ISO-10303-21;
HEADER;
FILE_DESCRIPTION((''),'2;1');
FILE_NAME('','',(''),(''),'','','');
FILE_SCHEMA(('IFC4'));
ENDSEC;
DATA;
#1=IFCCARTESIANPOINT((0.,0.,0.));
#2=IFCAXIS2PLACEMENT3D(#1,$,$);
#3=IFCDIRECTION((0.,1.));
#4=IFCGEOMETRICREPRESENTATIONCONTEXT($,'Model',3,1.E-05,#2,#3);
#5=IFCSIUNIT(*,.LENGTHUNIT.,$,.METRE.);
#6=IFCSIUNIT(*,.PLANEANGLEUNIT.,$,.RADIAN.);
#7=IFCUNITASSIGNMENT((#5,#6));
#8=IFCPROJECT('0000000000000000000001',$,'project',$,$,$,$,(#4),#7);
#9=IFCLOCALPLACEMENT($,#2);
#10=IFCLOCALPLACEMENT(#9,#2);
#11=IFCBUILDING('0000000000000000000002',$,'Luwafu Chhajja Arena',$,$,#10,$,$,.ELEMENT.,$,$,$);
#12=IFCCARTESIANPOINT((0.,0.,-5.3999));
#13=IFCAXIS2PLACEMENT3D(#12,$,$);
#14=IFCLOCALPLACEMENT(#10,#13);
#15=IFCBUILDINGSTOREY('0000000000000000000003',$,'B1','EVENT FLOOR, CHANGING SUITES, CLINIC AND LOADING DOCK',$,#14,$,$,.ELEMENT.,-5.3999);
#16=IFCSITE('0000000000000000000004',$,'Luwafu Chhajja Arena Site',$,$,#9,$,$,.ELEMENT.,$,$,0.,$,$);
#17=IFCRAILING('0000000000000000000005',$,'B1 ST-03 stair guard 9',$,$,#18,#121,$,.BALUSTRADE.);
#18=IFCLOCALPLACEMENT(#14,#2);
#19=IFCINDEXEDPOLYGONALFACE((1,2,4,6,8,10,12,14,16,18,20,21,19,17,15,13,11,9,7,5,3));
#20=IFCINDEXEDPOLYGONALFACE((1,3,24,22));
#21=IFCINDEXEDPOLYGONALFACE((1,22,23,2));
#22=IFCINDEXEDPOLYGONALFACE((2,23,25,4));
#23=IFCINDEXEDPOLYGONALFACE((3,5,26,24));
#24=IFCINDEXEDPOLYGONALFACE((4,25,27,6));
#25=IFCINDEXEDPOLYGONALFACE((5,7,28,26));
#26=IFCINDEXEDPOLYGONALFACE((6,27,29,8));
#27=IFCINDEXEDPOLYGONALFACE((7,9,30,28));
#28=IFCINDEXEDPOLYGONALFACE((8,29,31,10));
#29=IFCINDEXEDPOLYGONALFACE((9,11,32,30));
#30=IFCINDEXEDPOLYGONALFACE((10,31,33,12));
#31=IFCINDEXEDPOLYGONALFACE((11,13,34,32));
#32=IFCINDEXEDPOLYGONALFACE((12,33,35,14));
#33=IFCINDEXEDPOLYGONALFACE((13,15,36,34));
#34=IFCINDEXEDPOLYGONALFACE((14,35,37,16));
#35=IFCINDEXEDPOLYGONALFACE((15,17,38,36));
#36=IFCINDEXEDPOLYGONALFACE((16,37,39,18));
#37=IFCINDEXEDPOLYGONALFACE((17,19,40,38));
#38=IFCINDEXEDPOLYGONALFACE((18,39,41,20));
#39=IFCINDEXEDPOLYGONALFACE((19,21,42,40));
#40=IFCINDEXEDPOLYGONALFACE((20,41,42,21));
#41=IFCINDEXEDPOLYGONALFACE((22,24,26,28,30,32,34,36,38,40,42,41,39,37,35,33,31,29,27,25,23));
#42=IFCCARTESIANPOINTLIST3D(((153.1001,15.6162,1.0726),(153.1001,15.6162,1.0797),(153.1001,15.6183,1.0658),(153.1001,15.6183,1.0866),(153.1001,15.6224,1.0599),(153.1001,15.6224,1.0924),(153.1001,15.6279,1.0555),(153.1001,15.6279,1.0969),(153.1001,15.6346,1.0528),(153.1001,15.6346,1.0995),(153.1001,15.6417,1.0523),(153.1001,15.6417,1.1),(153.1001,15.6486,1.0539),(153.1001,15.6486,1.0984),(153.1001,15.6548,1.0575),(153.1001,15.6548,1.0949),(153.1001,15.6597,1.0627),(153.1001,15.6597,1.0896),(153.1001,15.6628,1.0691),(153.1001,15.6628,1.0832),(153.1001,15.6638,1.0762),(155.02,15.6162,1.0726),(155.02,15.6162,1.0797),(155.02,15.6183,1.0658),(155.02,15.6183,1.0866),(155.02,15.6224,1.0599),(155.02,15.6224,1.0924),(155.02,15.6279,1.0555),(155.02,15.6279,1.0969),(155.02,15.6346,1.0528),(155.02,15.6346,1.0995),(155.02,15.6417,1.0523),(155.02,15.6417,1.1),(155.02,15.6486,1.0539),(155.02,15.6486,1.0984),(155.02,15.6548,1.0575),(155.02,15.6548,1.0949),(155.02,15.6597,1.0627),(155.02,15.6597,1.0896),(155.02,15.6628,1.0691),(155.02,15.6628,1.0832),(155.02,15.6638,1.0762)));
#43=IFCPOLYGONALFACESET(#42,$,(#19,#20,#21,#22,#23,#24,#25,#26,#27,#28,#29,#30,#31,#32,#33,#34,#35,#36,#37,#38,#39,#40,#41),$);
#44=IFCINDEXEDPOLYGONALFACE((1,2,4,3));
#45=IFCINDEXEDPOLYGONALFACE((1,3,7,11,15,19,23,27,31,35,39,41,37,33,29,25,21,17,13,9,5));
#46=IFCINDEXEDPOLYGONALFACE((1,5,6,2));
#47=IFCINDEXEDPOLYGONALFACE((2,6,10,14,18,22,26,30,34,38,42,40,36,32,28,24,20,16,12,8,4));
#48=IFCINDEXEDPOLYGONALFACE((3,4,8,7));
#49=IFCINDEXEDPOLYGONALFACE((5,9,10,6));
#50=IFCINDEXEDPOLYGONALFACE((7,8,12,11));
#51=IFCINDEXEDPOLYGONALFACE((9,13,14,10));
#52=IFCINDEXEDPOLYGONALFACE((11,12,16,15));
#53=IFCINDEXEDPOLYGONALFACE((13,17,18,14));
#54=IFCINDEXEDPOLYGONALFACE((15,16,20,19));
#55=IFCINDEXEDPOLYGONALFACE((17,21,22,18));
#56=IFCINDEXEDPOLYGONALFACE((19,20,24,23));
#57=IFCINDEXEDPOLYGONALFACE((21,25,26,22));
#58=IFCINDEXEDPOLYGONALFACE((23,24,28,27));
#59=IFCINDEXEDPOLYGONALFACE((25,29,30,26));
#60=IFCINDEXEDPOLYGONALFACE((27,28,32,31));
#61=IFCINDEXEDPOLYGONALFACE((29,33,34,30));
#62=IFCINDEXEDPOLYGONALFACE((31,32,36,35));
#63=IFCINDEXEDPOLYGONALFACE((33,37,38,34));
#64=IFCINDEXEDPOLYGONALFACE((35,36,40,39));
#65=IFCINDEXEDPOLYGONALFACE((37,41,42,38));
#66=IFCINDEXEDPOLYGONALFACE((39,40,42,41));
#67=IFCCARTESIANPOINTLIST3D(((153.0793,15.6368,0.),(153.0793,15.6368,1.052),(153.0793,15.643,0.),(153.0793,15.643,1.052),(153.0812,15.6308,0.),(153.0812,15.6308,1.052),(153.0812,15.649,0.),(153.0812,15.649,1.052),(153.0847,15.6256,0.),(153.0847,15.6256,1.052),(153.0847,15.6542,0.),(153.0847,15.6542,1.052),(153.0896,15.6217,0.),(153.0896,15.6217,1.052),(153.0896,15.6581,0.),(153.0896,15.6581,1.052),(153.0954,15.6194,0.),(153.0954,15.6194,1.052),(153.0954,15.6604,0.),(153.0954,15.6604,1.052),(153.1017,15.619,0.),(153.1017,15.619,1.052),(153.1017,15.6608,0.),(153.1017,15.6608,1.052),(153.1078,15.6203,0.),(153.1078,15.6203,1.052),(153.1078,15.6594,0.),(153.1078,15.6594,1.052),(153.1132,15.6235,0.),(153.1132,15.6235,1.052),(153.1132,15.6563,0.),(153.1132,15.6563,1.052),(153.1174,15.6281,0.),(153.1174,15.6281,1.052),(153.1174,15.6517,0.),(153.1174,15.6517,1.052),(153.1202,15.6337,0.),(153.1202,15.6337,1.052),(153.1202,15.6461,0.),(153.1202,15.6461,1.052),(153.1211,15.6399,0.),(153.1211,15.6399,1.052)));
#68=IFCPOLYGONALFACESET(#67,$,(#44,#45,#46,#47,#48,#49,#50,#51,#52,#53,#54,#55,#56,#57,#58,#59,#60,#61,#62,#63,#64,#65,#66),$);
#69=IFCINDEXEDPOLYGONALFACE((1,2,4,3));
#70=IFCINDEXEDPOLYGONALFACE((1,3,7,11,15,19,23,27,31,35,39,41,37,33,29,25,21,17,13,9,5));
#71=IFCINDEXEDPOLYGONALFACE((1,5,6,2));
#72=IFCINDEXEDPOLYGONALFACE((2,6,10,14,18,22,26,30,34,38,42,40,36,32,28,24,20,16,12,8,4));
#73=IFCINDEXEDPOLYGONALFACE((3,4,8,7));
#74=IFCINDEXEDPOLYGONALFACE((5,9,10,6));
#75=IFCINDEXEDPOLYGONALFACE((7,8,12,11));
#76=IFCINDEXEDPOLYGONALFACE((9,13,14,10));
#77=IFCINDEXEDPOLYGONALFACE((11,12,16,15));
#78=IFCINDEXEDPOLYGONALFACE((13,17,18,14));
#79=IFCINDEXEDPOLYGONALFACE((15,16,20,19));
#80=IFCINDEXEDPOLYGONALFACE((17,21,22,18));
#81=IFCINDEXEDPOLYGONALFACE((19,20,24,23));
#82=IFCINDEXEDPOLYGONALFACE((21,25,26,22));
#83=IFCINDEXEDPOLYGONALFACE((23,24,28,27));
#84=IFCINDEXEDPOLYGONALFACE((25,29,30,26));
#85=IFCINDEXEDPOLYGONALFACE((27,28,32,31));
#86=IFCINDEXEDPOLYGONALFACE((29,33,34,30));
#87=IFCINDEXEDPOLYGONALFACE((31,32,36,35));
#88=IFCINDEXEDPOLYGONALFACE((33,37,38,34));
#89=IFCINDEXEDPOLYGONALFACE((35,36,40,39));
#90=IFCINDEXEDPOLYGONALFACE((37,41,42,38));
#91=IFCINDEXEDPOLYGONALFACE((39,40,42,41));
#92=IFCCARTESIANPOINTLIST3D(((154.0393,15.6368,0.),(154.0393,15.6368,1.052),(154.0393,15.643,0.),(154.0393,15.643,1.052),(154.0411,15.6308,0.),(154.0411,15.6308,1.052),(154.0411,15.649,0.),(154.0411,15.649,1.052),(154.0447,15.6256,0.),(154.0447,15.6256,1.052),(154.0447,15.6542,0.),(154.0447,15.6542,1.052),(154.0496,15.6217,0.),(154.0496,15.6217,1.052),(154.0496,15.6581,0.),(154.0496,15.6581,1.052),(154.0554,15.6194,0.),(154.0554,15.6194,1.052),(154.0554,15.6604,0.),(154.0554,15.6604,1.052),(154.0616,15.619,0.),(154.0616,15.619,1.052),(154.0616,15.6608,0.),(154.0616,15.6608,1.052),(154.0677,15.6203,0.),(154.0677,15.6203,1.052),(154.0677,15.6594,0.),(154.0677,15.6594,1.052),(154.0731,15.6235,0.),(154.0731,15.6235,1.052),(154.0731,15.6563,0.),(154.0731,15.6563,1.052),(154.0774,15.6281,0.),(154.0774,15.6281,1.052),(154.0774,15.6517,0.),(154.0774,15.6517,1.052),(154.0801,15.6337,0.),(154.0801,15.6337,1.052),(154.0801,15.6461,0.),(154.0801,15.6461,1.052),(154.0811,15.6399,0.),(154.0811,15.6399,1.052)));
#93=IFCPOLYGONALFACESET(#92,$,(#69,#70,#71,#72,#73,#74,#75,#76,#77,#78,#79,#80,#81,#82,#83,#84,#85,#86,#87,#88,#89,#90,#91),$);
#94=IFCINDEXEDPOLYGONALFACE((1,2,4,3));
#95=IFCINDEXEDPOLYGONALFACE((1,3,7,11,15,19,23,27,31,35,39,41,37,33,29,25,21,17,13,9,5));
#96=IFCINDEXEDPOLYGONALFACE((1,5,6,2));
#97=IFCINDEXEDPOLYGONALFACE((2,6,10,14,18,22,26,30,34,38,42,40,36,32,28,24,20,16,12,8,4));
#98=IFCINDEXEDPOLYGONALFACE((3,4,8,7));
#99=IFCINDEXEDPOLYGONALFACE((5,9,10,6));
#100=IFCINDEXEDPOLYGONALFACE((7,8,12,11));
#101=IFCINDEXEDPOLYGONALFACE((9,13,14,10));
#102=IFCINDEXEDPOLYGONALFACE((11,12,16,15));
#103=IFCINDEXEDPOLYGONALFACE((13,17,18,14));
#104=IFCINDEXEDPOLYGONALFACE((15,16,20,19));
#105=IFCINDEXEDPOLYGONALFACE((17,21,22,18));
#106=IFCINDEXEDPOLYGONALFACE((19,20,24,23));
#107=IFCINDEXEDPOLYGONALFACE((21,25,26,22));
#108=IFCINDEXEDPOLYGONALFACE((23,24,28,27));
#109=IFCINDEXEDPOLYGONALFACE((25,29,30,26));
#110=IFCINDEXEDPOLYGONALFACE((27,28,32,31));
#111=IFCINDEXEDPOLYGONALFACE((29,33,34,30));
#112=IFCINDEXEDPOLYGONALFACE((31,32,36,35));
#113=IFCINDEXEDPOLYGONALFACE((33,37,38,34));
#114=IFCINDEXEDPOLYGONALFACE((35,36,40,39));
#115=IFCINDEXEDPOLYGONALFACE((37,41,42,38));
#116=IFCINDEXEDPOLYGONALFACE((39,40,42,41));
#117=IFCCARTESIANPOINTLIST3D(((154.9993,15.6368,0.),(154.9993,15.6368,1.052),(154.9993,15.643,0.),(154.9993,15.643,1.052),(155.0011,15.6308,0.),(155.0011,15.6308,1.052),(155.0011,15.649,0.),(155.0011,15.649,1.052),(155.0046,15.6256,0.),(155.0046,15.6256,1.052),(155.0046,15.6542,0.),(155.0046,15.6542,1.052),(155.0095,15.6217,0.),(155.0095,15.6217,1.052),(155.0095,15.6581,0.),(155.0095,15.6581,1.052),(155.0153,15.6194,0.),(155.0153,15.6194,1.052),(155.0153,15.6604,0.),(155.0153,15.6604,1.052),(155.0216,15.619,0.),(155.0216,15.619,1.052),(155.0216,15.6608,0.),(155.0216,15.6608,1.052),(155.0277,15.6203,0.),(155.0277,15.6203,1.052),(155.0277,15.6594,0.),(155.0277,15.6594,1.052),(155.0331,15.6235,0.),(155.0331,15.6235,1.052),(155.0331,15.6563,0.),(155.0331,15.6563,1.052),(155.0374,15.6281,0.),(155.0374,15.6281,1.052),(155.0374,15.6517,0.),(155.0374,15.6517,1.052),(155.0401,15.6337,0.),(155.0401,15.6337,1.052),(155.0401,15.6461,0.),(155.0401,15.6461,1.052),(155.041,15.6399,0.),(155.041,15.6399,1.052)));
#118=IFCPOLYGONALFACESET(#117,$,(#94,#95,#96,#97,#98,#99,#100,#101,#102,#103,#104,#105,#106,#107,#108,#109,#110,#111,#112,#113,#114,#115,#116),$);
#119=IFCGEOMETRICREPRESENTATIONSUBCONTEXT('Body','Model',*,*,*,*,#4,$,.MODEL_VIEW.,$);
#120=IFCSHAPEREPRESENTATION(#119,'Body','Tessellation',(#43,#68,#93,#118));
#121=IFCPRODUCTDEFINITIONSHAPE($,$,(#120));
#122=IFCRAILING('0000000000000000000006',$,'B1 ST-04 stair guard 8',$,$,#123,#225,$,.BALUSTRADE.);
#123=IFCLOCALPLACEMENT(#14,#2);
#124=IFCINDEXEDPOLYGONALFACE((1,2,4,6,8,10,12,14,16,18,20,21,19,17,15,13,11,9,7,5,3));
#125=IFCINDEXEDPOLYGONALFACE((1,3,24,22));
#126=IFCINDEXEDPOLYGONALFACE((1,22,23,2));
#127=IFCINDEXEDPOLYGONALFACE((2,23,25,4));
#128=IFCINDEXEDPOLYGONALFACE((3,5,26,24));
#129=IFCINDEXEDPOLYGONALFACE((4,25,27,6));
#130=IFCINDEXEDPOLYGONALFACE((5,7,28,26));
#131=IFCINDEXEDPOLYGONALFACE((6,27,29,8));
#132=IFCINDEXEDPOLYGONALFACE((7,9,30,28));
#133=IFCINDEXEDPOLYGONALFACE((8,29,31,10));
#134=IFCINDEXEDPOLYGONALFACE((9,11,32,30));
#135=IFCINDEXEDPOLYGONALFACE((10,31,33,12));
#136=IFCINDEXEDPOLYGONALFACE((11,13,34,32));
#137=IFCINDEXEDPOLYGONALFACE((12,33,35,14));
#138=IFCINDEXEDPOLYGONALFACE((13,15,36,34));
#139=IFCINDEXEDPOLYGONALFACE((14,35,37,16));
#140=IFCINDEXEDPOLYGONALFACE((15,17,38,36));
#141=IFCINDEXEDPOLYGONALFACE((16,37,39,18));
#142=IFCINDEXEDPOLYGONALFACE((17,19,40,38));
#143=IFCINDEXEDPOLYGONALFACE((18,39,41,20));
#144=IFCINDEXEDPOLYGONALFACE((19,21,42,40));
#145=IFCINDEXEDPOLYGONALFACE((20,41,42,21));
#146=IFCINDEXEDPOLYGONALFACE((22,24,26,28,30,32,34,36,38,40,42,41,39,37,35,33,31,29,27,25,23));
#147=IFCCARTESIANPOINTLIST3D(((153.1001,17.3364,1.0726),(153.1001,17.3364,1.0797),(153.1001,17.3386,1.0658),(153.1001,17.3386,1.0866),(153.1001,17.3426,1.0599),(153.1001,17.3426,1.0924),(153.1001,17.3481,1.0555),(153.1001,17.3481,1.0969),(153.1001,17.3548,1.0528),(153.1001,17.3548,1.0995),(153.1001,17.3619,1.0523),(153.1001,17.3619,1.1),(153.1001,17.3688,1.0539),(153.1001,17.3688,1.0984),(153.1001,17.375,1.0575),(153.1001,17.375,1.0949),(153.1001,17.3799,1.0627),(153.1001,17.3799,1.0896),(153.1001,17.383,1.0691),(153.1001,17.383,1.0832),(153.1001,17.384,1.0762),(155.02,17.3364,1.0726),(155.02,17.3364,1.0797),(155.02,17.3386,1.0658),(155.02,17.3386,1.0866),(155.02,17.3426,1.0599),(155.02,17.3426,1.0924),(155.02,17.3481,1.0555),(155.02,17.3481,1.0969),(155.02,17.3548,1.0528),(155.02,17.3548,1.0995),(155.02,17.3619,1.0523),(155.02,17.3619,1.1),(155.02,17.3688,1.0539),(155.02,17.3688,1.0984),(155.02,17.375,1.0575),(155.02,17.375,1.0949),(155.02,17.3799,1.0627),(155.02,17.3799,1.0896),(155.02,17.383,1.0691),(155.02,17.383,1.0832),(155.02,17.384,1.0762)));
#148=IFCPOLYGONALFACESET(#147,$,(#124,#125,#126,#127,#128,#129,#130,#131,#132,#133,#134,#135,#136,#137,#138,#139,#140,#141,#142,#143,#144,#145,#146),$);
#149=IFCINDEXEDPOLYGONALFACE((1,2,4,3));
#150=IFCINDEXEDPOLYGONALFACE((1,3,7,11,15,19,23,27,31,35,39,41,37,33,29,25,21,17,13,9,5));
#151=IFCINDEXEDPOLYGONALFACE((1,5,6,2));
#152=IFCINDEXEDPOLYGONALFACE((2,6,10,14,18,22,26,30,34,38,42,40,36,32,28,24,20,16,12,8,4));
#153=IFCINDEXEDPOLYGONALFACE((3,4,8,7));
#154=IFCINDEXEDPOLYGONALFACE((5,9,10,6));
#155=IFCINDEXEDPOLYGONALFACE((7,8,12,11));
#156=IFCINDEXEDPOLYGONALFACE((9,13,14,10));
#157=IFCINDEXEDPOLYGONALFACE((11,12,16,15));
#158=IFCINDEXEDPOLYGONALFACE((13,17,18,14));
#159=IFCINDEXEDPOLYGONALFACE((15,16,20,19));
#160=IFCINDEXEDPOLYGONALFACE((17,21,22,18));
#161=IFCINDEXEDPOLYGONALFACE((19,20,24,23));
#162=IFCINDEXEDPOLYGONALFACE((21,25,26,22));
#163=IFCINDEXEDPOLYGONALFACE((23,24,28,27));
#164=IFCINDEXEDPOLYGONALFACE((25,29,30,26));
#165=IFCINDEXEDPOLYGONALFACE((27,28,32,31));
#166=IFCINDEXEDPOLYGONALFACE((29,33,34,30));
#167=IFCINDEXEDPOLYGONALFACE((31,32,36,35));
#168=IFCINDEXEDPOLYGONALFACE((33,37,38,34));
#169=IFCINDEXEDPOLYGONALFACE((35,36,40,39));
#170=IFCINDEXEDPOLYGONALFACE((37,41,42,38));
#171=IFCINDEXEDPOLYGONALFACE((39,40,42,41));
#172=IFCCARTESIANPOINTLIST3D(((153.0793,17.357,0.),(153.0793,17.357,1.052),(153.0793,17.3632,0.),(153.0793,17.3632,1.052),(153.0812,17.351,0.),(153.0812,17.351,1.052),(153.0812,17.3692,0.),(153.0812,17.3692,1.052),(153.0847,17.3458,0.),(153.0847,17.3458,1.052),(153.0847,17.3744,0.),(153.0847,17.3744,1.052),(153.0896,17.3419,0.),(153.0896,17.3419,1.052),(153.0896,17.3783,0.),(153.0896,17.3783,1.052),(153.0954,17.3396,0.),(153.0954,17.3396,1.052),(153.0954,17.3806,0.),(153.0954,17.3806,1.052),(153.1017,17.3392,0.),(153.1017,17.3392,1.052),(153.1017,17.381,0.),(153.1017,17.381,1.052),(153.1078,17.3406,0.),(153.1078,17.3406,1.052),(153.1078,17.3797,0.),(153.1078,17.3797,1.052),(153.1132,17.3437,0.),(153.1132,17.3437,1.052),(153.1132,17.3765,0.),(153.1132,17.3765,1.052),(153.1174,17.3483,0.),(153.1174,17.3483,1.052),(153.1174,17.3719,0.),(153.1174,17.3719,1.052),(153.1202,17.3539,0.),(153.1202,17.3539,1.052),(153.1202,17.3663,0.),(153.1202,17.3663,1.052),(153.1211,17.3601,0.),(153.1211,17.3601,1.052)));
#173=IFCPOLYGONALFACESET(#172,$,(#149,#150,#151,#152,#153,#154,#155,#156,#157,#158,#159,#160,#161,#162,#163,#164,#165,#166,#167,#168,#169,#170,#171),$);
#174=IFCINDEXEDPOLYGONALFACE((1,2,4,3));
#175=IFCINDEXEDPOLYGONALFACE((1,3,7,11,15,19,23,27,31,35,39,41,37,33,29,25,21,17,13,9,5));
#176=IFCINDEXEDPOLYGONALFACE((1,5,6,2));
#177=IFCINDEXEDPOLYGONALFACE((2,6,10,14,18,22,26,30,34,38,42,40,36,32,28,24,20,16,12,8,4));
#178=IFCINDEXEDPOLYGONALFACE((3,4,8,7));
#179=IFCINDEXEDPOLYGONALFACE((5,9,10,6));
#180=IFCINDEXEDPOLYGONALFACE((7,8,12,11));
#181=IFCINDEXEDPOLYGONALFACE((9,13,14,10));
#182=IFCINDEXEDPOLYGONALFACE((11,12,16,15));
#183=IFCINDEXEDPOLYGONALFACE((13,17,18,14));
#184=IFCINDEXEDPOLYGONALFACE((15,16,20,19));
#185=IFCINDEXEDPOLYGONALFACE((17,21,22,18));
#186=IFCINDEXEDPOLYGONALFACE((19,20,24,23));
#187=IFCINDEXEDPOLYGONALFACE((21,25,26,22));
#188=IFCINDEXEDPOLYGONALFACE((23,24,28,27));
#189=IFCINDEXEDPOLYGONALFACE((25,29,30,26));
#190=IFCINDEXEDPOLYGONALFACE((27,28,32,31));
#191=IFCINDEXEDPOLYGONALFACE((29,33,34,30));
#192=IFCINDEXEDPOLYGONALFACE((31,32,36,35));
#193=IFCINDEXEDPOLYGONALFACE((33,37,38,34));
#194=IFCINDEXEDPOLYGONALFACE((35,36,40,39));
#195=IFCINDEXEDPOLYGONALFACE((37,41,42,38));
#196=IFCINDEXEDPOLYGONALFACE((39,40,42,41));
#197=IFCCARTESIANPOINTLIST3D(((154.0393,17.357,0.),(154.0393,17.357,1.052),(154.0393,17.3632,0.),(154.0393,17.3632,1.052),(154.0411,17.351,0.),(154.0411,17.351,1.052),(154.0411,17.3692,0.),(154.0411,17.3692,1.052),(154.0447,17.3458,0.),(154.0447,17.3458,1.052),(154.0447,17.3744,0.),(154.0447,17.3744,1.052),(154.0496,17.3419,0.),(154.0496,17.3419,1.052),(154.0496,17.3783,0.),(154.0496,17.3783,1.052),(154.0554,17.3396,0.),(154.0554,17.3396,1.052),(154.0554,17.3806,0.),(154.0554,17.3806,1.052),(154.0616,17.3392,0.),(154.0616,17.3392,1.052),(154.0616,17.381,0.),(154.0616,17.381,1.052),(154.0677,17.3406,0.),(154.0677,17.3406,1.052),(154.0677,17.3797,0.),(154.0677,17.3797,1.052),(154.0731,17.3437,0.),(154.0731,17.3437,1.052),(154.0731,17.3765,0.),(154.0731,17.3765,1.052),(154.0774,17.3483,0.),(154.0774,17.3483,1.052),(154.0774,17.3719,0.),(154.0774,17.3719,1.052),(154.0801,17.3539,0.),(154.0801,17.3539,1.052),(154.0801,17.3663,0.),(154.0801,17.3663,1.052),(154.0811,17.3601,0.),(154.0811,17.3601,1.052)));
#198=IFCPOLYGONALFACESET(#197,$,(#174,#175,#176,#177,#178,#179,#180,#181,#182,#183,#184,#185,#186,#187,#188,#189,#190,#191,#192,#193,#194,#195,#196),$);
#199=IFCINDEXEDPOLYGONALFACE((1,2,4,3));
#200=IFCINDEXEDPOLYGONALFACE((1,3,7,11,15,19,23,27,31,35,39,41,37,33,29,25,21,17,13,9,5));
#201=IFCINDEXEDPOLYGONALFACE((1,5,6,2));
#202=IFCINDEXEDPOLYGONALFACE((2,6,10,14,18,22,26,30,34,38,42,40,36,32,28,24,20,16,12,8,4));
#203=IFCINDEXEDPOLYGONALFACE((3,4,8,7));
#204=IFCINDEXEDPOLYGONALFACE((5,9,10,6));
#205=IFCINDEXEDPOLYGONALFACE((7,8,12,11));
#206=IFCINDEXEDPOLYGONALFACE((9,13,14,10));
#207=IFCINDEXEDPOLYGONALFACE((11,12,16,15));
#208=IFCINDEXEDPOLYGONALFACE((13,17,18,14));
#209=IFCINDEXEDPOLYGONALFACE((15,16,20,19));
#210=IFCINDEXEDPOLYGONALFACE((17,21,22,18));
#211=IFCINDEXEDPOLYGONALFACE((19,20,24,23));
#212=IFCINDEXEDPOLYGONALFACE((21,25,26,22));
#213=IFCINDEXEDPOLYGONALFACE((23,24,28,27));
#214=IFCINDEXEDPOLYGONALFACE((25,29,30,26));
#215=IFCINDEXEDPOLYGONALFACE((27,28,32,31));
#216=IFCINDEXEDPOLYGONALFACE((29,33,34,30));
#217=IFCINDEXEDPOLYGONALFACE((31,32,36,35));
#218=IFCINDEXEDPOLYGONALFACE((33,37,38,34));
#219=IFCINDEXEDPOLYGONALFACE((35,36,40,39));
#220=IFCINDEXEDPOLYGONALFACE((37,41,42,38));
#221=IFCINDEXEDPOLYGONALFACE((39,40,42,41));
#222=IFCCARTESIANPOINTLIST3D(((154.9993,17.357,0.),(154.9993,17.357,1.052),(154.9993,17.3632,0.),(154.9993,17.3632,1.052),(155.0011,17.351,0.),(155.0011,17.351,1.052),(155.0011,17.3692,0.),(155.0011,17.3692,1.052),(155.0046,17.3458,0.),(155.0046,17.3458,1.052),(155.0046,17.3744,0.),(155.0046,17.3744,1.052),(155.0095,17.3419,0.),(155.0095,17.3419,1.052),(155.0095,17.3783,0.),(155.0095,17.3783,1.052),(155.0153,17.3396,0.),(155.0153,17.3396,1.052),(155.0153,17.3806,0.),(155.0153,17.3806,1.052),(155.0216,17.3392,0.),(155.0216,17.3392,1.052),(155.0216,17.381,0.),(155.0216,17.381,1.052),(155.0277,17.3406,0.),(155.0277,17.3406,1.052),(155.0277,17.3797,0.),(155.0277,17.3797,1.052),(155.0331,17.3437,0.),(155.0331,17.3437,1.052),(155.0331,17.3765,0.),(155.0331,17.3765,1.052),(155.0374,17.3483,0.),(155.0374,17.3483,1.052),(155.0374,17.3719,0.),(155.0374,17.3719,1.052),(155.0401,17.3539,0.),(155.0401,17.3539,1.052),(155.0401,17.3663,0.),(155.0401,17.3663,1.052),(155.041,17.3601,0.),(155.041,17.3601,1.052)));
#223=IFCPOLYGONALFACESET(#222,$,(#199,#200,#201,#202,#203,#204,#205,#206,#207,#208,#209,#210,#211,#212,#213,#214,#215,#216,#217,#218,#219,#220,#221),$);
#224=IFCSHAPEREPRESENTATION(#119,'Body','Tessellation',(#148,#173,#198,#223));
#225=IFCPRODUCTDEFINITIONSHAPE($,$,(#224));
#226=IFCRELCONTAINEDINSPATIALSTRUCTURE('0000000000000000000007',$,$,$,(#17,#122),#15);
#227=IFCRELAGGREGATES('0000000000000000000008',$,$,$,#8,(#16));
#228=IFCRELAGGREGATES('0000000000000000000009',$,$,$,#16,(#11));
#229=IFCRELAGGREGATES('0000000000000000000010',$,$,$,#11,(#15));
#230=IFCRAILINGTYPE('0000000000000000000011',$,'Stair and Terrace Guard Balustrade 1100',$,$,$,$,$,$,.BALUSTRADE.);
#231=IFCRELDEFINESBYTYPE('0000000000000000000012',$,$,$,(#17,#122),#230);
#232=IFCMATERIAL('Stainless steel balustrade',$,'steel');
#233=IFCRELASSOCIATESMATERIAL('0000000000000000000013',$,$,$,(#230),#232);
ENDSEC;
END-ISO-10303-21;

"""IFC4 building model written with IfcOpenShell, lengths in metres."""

from ifc_helpers import new_model, si_unit, direction, frame, origin, origin_2d, place, context, subcontext, project, spatial, circle, extrude, material, type_object, element, save


model = new_model("IFC4")

# Units and contexts
model_context = context("Model", 3, precision=1e-05, world=origin(), true_north=direction((0.0, 1.0)))
body_context = subcontext(model_context, "Body", "Model", "MODEL_VIEW")
ifc_project = project(units=[si_unit("LENGTHUNIT", "METRE"), si_unit("PLANEANGLEUNIT", "RADIAN")], contexts=[model_context])

# Site, building, storey
site_placement = place(None, origin())
site = spatial("IfcSite", under=ifc_project, at=site_placement, Name="Luwafu Chhajja Arena Site", CompositionType="ELEMENT", RefElevation=0.0)
building_placement = place(site_placement, origin())
building = spatial("IfcBuilding", under=site, at=building_placement, Name="Luwafu Chhajja Arena", CompositionType="ELEMENT")
storey_placement = place(building_placement, frame((0.0, 0.0, -5.3999)))
storey = spatial("IfcBuildingStorey", under=building, at=storey_placement, Name="B1", Description="EVENT FLOOR, CHANGING SUITES, CLINIC AND LOADING DOCK", CompositionType="ELEMENT", Elevation=-5.3999)

# Railings
ifc_material_1 = material(Name="Stainless steel balustrade", Category="steel")
railing_type = type_object("IfcRailingType", Name="Stair and Terrace Guard Balustrade 1100", PredefinedType="BALUSTRADE", material=ifc_material_1)
for number, where, name in (
    (1, (153.1001, 15.6399, 0.0), "B1 ST-03 stair guard 9"),
    (2, (153.1001, 17.3601, 0.0), "B1 ST-04 stair guard 8"),
):
    element("IfcRailing", number, at=place(storey_placement, frame(where)), inside=storey, type_object=railing_type, Name=name, PredefinedType="BALUSTRADE", context=body_context, shape_type="SweptSolid", body=[
        extrude(circle(Radius=0.0239, at=origin_2d()), frame((0.0, 0.0, 1.0762), z_axis=(1.0, 0.0, 0.0), x_axis=(0.0, 1.0, 0.0)), (0.0, 0.0, 1.0), 1.9199),
        extrude(circle(Radius=0.021, at=origin_2d()), origin(), (0.0, 0.0, 1.0), 1.052),
        extrude(circle(Radius=0.021, at=origin_2d()), frame((0.96, 0.0, 0.0)), (0.0, 0.0, 1.0), 1.052),
        extrude(circle(Radius=0.021, at=origin_2d()), frame((1.9199, 0.0, 0.0)), (0.0, 0.0, 1.0), 1.052),
    ])

save(model, "model.ifc")
